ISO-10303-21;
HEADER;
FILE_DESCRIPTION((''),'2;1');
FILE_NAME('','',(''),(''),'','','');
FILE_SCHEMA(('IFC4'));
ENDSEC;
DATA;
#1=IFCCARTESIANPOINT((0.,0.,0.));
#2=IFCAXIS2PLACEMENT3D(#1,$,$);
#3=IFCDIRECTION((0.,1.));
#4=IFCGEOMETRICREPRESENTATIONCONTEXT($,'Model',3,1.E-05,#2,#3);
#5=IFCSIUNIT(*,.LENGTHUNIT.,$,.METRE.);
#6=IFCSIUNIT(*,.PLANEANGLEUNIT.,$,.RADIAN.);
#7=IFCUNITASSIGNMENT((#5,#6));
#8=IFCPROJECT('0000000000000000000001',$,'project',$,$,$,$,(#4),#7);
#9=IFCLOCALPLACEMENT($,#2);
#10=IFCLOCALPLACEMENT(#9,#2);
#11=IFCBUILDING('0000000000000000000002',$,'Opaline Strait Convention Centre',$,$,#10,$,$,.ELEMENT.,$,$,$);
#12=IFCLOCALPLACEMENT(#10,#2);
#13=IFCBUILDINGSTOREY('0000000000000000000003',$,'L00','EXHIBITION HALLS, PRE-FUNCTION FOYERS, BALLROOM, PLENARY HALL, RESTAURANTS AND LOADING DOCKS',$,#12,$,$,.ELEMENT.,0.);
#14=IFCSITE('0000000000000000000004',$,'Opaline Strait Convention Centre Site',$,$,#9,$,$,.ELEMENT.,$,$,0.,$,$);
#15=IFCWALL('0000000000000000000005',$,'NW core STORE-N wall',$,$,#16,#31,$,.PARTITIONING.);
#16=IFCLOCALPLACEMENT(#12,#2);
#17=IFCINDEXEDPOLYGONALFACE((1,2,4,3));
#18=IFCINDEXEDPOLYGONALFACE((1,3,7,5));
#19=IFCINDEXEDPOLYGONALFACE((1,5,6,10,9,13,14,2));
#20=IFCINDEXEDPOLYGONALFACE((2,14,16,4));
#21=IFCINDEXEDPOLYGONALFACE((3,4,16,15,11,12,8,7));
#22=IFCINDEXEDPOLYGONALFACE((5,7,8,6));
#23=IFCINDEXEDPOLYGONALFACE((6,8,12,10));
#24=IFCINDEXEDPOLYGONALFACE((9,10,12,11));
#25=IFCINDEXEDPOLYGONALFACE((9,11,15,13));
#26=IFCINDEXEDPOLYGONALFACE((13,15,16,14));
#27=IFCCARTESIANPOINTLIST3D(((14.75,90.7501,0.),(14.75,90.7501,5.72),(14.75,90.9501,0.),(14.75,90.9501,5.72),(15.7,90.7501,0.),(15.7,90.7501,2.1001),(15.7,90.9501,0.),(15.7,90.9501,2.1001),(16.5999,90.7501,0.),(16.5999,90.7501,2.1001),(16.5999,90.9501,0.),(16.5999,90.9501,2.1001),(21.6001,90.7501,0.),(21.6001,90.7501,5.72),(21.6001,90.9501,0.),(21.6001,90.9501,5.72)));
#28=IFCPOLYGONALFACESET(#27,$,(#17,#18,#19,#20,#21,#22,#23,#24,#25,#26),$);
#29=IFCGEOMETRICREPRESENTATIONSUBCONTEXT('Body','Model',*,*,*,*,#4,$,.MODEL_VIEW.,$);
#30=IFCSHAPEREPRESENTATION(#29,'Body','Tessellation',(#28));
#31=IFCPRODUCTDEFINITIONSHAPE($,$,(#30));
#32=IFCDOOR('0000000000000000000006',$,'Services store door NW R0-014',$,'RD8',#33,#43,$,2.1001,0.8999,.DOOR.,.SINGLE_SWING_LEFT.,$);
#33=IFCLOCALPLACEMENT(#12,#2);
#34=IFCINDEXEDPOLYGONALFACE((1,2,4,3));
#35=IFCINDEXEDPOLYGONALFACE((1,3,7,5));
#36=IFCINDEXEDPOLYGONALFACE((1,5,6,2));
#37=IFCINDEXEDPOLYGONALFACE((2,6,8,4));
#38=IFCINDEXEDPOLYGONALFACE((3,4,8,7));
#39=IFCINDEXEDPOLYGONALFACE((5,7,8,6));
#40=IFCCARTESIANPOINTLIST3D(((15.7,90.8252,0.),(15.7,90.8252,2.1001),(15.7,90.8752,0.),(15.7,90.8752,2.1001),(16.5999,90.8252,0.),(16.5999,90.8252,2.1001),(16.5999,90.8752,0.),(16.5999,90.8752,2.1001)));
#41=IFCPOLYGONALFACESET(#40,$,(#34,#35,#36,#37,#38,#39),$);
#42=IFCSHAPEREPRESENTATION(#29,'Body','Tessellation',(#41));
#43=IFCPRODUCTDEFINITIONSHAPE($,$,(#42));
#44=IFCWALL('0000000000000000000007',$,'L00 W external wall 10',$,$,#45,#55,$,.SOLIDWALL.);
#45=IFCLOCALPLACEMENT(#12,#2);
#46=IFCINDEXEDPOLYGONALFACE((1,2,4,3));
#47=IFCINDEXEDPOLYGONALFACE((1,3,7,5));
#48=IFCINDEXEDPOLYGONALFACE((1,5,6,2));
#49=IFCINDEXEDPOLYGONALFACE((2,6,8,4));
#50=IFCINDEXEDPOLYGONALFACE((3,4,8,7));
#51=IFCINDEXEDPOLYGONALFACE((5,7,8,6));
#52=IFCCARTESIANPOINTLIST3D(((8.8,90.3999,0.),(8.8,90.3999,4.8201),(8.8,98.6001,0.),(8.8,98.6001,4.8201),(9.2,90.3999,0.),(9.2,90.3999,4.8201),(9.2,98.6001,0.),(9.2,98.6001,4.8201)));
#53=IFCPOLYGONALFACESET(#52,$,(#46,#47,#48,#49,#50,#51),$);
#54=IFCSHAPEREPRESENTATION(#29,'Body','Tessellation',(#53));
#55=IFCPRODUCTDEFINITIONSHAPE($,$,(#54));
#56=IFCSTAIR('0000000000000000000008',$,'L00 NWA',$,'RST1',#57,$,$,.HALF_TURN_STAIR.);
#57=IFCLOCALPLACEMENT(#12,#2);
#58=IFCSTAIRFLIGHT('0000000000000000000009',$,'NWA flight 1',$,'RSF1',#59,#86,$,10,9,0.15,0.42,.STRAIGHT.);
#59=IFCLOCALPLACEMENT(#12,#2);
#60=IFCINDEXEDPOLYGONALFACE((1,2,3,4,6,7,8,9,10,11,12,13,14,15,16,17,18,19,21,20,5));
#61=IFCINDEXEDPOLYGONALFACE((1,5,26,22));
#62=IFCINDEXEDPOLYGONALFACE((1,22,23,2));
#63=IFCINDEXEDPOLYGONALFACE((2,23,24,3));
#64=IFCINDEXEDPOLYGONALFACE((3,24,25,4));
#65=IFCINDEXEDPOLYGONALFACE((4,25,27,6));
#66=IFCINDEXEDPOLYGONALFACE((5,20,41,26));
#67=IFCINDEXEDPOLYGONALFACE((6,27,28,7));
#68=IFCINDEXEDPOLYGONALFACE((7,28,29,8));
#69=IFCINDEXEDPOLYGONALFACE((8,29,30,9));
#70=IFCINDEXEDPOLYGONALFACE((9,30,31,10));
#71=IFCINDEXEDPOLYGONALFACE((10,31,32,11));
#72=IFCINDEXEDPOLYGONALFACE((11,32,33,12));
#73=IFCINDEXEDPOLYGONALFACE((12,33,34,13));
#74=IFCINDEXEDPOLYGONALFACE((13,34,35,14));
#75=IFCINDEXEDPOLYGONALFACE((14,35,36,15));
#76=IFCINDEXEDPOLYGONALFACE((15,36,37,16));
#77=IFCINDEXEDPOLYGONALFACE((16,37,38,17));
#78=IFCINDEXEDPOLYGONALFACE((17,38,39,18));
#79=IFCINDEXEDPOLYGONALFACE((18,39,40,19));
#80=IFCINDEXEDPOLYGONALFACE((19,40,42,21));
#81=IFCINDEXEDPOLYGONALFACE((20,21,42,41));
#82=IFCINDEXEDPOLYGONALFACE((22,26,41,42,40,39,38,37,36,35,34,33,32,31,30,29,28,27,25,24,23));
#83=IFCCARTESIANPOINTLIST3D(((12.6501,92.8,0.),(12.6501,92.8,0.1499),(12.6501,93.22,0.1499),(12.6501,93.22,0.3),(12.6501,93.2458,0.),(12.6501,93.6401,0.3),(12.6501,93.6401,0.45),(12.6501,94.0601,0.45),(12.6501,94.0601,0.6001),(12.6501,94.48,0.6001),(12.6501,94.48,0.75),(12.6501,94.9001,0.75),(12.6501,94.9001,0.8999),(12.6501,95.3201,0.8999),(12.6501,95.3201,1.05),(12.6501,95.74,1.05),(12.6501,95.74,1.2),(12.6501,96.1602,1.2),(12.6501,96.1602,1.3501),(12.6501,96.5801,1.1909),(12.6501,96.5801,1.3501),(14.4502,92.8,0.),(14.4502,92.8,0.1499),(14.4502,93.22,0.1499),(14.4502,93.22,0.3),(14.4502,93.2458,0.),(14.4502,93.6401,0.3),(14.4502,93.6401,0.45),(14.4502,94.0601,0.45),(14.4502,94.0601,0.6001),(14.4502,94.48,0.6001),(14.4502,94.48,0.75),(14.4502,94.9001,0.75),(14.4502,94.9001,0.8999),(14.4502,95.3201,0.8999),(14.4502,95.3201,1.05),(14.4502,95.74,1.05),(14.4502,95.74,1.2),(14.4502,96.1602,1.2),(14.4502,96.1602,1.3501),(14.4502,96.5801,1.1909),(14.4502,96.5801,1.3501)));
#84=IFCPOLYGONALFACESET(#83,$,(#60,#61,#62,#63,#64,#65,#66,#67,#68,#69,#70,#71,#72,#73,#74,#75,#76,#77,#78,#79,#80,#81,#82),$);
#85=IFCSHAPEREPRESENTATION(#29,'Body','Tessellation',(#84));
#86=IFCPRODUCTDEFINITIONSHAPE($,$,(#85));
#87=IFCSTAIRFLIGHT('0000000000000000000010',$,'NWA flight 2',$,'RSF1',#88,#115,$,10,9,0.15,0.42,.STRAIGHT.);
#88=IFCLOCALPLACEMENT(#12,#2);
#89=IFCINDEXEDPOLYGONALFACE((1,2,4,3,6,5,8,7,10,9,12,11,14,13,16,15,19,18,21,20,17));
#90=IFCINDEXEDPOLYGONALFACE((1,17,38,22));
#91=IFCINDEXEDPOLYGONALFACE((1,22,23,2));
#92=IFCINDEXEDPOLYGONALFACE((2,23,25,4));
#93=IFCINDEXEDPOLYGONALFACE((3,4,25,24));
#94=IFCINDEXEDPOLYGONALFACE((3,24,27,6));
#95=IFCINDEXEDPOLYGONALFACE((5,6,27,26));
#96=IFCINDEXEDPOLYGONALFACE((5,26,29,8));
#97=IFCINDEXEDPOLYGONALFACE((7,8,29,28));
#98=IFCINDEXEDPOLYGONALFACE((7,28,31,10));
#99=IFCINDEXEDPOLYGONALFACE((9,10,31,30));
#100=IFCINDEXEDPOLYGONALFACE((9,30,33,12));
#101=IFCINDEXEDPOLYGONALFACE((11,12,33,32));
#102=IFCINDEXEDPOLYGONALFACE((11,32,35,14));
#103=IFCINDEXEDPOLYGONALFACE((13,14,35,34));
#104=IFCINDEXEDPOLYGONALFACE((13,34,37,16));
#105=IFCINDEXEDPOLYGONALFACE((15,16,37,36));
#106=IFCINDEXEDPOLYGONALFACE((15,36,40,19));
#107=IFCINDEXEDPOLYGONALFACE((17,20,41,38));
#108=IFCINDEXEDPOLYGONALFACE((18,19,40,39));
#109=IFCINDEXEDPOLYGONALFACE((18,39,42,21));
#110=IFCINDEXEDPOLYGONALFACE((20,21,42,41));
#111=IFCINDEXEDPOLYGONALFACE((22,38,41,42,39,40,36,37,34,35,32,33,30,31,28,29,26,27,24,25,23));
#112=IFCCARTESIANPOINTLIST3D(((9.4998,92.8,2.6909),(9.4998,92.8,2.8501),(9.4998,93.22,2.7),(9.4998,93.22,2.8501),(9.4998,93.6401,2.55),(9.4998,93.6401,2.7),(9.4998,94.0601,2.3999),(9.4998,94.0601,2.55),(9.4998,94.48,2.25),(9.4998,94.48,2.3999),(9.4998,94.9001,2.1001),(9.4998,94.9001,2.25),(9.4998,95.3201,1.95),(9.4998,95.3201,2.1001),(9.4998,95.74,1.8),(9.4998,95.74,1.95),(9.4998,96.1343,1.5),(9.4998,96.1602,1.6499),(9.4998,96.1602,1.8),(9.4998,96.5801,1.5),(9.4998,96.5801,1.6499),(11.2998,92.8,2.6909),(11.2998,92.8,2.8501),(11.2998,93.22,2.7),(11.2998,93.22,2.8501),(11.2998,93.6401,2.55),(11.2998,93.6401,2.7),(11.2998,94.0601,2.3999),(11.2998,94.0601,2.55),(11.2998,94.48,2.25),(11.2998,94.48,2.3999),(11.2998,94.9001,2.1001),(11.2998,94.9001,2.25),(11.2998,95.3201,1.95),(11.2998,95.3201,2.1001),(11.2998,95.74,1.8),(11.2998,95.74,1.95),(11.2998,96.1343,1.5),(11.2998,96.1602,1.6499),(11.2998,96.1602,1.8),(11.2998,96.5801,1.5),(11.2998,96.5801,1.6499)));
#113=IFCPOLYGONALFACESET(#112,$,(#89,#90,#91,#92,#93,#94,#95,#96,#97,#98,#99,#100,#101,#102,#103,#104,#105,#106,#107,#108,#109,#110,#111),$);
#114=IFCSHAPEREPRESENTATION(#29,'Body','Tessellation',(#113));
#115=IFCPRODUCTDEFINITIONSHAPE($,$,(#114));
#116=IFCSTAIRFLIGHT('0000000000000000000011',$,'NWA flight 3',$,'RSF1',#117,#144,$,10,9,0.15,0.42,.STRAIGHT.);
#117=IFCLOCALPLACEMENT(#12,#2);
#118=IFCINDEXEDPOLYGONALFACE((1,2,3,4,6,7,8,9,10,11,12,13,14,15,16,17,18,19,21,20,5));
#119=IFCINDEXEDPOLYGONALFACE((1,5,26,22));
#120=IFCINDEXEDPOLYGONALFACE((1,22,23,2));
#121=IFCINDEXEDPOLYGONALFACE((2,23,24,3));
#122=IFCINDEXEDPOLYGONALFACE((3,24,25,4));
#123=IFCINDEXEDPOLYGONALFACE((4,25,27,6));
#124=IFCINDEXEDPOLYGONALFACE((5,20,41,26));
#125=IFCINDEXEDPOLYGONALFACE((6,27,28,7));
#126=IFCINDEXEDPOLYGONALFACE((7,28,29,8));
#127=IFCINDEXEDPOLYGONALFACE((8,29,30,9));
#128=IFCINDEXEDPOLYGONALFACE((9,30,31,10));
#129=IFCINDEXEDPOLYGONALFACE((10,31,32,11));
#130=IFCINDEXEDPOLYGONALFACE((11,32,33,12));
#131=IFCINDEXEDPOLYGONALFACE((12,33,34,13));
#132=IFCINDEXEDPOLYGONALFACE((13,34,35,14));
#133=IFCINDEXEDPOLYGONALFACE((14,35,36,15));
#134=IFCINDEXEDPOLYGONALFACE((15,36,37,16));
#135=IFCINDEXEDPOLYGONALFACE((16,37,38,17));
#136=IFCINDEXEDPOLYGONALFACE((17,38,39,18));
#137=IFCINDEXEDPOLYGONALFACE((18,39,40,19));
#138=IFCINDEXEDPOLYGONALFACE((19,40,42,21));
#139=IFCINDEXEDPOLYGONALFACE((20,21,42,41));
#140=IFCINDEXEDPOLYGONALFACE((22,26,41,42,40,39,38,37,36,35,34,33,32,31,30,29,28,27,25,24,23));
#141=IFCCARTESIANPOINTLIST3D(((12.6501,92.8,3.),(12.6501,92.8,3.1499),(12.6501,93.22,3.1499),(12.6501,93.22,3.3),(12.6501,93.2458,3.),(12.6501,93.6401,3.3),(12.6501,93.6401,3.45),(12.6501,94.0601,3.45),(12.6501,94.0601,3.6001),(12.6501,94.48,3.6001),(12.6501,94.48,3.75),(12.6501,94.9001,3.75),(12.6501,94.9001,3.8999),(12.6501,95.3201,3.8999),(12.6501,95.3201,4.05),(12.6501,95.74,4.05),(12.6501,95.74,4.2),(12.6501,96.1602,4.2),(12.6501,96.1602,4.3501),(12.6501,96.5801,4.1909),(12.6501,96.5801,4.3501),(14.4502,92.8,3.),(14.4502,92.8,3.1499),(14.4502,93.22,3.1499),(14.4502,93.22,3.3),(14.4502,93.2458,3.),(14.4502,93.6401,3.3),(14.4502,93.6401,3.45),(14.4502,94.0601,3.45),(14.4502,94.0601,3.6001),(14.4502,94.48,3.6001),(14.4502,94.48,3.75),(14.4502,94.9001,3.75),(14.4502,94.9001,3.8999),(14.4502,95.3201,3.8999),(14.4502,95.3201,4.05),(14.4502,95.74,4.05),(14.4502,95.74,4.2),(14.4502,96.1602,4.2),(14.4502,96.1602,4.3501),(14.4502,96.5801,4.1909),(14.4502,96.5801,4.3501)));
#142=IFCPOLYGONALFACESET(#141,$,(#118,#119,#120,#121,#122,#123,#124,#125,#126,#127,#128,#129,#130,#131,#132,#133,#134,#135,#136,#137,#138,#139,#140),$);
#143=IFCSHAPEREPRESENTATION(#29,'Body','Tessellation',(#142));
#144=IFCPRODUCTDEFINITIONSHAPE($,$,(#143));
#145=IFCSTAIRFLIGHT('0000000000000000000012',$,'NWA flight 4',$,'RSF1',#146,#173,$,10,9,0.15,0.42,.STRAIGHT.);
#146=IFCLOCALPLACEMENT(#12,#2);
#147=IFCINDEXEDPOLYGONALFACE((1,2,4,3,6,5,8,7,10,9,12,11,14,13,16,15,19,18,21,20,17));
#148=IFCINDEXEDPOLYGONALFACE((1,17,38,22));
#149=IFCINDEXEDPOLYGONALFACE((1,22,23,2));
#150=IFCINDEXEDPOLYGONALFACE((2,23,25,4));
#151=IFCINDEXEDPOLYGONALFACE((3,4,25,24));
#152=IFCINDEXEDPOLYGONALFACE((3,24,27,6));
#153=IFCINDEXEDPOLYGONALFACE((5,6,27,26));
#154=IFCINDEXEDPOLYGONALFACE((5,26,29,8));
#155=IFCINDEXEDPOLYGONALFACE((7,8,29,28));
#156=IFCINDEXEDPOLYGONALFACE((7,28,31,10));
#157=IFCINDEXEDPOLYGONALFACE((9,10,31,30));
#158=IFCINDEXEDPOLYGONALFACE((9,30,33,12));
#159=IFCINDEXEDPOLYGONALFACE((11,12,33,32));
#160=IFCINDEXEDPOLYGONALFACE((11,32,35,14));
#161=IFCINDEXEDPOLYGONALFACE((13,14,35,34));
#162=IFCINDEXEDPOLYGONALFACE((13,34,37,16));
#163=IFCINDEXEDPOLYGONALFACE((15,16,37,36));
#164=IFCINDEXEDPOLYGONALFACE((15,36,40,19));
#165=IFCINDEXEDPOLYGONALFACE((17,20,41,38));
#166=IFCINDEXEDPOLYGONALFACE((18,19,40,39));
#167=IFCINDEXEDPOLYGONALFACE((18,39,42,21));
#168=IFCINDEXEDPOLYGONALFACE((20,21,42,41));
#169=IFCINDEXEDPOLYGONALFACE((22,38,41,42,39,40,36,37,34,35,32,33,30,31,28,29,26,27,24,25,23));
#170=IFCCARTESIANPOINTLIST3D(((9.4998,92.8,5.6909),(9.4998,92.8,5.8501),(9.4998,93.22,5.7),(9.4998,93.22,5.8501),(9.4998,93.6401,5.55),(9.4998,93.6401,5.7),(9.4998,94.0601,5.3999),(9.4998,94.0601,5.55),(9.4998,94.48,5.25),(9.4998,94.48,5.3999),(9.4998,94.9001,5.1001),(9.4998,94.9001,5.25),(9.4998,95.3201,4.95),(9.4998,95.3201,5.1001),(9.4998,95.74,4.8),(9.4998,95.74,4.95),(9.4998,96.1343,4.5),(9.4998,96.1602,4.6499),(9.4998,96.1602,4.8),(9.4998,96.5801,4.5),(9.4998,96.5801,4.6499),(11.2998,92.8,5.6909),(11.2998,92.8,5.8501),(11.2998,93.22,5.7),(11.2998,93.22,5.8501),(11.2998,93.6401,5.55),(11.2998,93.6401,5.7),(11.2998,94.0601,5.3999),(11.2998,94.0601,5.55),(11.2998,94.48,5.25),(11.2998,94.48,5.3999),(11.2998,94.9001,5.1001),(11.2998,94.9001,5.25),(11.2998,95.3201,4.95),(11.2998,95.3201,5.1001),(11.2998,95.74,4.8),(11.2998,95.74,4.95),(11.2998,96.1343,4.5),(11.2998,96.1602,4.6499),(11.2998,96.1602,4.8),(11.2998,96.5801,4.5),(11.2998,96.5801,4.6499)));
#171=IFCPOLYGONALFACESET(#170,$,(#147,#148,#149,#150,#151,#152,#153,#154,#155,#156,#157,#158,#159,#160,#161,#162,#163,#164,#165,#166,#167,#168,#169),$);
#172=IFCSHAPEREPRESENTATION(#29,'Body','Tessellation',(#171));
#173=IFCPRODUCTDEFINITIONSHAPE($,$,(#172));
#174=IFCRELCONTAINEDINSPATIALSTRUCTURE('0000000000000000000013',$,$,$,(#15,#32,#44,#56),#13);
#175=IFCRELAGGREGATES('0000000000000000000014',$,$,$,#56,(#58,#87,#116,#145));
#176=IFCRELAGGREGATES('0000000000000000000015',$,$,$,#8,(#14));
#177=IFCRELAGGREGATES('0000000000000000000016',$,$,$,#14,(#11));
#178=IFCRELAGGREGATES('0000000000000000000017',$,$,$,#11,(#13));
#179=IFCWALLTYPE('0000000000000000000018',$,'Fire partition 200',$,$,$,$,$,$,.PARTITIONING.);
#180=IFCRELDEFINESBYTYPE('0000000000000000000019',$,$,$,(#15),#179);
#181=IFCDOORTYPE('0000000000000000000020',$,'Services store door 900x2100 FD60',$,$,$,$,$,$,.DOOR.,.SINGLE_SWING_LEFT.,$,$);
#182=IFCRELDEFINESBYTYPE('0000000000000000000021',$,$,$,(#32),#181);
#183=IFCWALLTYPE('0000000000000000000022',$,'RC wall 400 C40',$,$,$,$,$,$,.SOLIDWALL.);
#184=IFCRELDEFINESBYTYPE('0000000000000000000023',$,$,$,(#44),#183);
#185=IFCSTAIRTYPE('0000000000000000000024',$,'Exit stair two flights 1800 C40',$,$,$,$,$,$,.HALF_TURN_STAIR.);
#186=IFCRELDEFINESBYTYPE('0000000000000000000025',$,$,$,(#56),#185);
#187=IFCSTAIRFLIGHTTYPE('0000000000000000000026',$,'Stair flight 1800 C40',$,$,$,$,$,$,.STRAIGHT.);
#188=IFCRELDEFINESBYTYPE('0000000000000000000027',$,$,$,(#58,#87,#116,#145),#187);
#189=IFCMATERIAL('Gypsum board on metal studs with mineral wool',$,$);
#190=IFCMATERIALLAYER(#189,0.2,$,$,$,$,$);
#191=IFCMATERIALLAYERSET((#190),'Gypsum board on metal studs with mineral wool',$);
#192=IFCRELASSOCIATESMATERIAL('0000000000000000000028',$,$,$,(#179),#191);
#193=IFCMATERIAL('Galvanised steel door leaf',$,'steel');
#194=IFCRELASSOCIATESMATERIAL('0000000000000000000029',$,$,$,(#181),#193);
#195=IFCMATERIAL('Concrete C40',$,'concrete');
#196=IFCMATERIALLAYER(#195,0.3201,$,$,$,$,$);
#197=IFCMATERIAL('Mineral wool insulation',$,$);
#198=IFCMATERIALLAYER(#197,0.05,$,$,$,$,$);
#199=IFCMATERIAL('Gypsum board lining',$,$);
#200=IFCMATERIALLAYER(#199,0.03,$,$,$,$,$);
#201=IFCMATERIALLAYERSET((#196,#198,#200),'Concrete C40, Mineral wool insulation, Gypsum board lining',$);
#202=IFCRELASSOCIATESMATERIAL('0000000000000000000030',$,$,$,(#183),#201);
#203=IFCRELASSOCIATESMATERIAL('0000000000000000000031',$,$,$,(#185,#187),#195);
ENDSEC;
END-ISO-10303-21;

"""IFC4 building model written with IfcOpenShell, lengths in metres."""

from ifc_helpers import new_model, si_unit, direction, frame, frame_2d, origin, place, context, subcontext, project, spatial, polyline, rectangle, outline, extrude, material, layer, layer_set, type_object, element, fill, aggregate, save


model = new_model("IFC4")

# Units and contexts
model_context = context("Model", 3, precision=1e-05, world=origin(), true_north=direction((0.0, 1.0)))
body_context = subcontext(model_context, "Body", "Model", "MODEL_VIEW")
ifc_project = project(units=[si_unit("LENGTHUNIT", "METRE"), si_unit("PLANEANGLEUNIT", "RADIAN")], contexts=[model_context])

# Site, building, storey
site_placement = place(None, origin())
site = spatial("IfcSite", under=ifc_project, at=site_placement, Name="Opaline Strait Convention Centre Site", CompositionType="ELEMENT", RefElevation=0.0)
building_placement = place(site_placement, origin())
building = spatial("IfcBuilding", under=site, at=building_placement, Name="Opaline Strait Convention Centre", CompositionType="ELEMENT")
storey_placement = place(building_placement, origin())
storey = spatial("IfcBuildingStorey", under=building, at=storey_placement, Name="L00", Description="EXHIBITION HALLS, PRE-FUNCTION FOYERS, BALLROOM, PLENARY HALL, RESTAURANTS AND LOADING DOCKS", CompositionType="ELEMENT", Elevation=0.0)

# Shared definitions
ifc_material_1 = material(Name="Concrete C40", Category="concrete")

# Wall, opening, door
ifc_material_2 = material(Name="Gypsum board on metal studs with mineral wool")
ifc_layer_1 = layer(ifc_material_2, 0.2)
ifc_layer_set_1 = layer_set([ifc_layer_1], Name="Gypsum board on metal studs with mineral wool")
wall_type_1 = type_object("IfcWallType", Name="Fire partition 200", PredefinedType="PARTITIONING", material=ifc_layer_set_1)
wall_1_placement = place(storey_placement, frame((14.75, 90.8501, 0.0), z_axis=(0.0, 0.0, 1.0), x_axis=(1.0, 0.0, 0.0)))
wall_1 = element("IfcWall", 1, at=wall_1_placement, inside=storey, type_object=wall_type_1, Name="NW core STORE-N wall", PredefinedType="PARTITIONING", context=body_context, shape_type="SweptSolid", body=[
    extrude(rectangle(XDim=6.8501, YDim=0.2, at=frame_2d((3.425, 0.0))), origin(), (0.0, 0.0, 1.0), 5.72),
])
opening_1_placement = place(wall_1_placement, frame((0.95, 0.0, 0.0)))
opening_1 = element("IfcOpeningElement", 2, at=opening_1_placement, cuts=wall_1, PredefinedType="OPENING", context=body_context, shape_type="SweptSolid", body=[
    extrude(rectangle(XDim=0.8999, YDim=2.1001, at=frame_2d((0.45, 1.05))), frame((0.0, 0.1099, 0.0), z_axis=(0.0, -1.0, 0.0), x_axis=(1.0, 0.0, 0.0)), (0.0, 0.0, 1.0), 0.22),
])
ifc_material_3 = material(Name="Galvanised steel door leaf", Category="steel")
door_type_1 = type_object("IfcDoorType", Name="Services store door 900x2100 FD60", OperationType="SINGLE_SWING_LEFT", PredefinedType="DOOR", material=ifc_material_3)
door_1_placement = place(opening_1_placement, frame((0.8999, 0.0, 0.0), z_axis=(0.0, 0.0, 1.0), x_axis=(-1.0, 0.0, 0.0)))
door_1 = element("IfcDoor", 3, at=door_1_placement, inside=storey, type_object=door_type_1, Name="Services store door NW R0-014", ObjectType="RD8", OperationType="SINGLE_SWING_LEFT", OverallHeight=2.1001, OverallWidth=0.8999, PredefinedType="DOOR", context=body_context, shape_type="SweptSolid", body=[
    extrude(rectangle(XDim=0.8999, YDim=2.1001, at=frame_2d((0.45, 1.05))), frame((0.0, 0.0249, 0.0), z_axis=(0.0, -1.0, 0.0), x_axis=(1.0, 0.0, 0.0)), (0.0, 0.0, 1.0), 0.05),
])
fill(opening_1, door_1)

# Wall
ifc_layer_2 = layer(ifc_material_1, 0.3201)
ifc_material_4 = material(Name="Mineral wool insulation")
ifc_layer_3 = layer(ifc_material_4, 0.05)
ifc_material_5 = material(Name="Gypsum board lining")
ifc_layer_4 = layer(ifc_material_5, 0.03)
ifc_layer_set_2 = layer_set([ifc_layer_2, ifc_layer_3, ifc_layer_4], Name="Concrete C40, Mineral wool insulation, Gypsum board lining")
wall_type_2 = type_object("IfcWallType", Name="RC wall 400 C40", PredefinedType="SOLIDWALL", material=ifc_layer_set_2)
wall_2_placement = place(storey_placement, frame((9.0, 90.3999, 0.0), z_axis=(0.0, 0.0, 1.0), x_axis=(0.0, 1.0, 0.0)))
element("IfcWall", 4, at=wall_2_placement, inside=storey, type_object=wall_type_2, Name="L00 W external wall 10", PredefinedType="SOLIDWALL", context=body_context, shape_type="SweptSolid", body=[
    extrude(rectangle(XDim=8.2002, YDim=0.3999, at=frame_2d((4.1001, 0.0))), origin(), (0.0, 0.0, 1.0), 4.8201),
])

# Stair, stair flights
stair_type = type_object("IfcStairType", Name="Exit stair two flights 1800 C40", PredefinedType="HALF_TURN_STAIR", material=ifc_material_1)
stair_placement = place(storey_placement, origin())
stair = element("IfcStair", 5, at=stair_placement, inside=storey, type_object=stair_type, Name="L00 NWA", ObjectType="RST1", PredefinedType="HALF_TURN_STAIR")
stair_flight_type = type_object("IfcStairFlightType", Name="Stair flight 1800 C40", PredefinedType="STRAIGHT", material=ifc_material_1)
stair_flight_1_placement = place(storey_placement, frame((13.55, 92.8, 0.0), z_axis=(0.0, 0.0, 1.0), x_axis=(0.0, 1.0, 0.0)))
stair_flight_1 = element("IfcStairFlight", 6, at=stair_flight_1_placement, type_object=stair_flight_type, Name="NWA flight 1", ObjectType="RSF1", NumberOfRisers=10, NumberOfTreads=9, PredefinedType="STRAIGHT", RiserHeight=0.15, TreadLength=0.42, context=body_context, shape_type="SweptSolid", body=[
    extrude(outline(polyline([(0.0, 0.0), (0.0, 0.1499), (0.4199, 0.1499), (0.4199, 0.3), (0.8401, 0.3), (0.8401, 0.45), (1.26, 0.45), (1.26, 0.6001), (1.6799, 0.6001), (1.6799, 0.75), (2.1001, 0.75), (2.1001, 0.8999), (2.52, 0.8999), (2.52, 1.05), (2.9399, 1.05), (2.9399, 1.2), (3.3601, 1.2), (3.3601, 1.3501), (3.78, 1.3501), (3.78, 1.5), (3.78, 1.1909), (0.4458, 0.0), (0.0, 0.0)])), frame((0.0, 0.8999, 0.0), z_axis=(0.0, -1.0, 0.0), x_axis=(1.0, 0.0, 0.0)), (0.0, 0.0, 1.0), 1.8),
])
stair_flight_2_placement = place(storey_placement, frame((10.3999, 96.5801, 1.5), z_axis=(0.0, 0.0, 1.0), x_axis=(0.0, -1.0, 0.0)))
stair_flight_2 = element("IfcStairFlight", 7, at=stair_flight_2_placement, type_object=stair_flight_type, Name="NWA flight 2", ObjectType="RSF1", NumberOfRisers=10, NumberOfTreads=9, PredefinedType="STRAIGHT", RiserHeight=0.15, TreadLength=0.42, context=body_context, shape_type="SweptSolid", body=[
    extrude(outline(polyline([(0.0, 0.0), (0.0, 0.1499), (0.4199, 0.1499), (0.4199, 0.3), (0.8401, 0.3), (0.8401, 0.45), (1.26, 0.45), (1.26, 0.6001), (1.6799, 0.6001), (1.6799, 0.75), (2.1001, 0.75), (2.1001, 0.8999), (2.52, 0.8999), (2.52, 1.05), (2.9399, 1.05), (2.9399, 1.2), (3.3601, 1.2), (3.3601, 1.3501), (3.78, 1.3501), (3.78, 1.5), (3.78, 1.1909), (0.4458, 0.0), (0.0, 0.0)])), frame((0.0, 0.8999, 0.0), z_axis=(0.0, -1.0, 0.0), x_axis=(1.0, 0.0, 0.0)), (0.0, 0.0, 1.0), 1.8),
])
stair_flight_3_placement = place(storey_placement, frame((13.55, 92.8, 3.0), z_axis=(0.0, 0.0, 1.0), x_axis=(0.0, 1.0, 0.0)))
stair_flight_3 = element("IfcStairFlight", 8, at=stair_flight_3_placement, type_object=stair_flight_type, Name="NWA flight 3", ObjectType="RSF1", NumberOfRisers=10, NumberOfTreads=9, PredefinedType="STRAIGHT", RiserHeight=0.15, TreadLength=0.42, context=body_context, shape_type="SweptSolid", body=[
    extrude(outline(polyline([(0.0, 0.0), (0.0, 0.1499), (0.4199, 0.1499), (0.4199, 0.3), (0.8401, 0.3), (0.8401, 0.45), (1.26, 0.45), (1.26, 0.6001), (1.6799, 0.6001), (1.6799, 0.75), (2.1001, 0.75), (2.1001, 0.8999), (2.52, 0.8999), (2.52, 1.05), (2.9399, 1.05), (2.9399, 1.2), (3.3601, 1.2), (3.3601, 1.3501), (3.78, 1.3501), (3.78, 1.5), (3.78, 1.1909), (0.4458, 0.0), (0.0, 0.0)])), frame((0.0, 0.8999, 0.0), z_axis=(0.0, -1.0, 0.0), x_axis=(1.0, 0.0, 0.0)), (0.0, 0.0, 1.0), 1.8),
])
stair_flight_4_placement = place(storey_placement, frame((10.3999, 96.5801, 4.5), z_axis=(0.0, 0.0, 1.0), x_axis=(0.0, -1.0, 0.0)))
stair_flight_4 = element("IfcStairFlight", 9, at=stair_flight_4_placement, type_object=stair_flight_type, Name="NWA flight 4", ObjectType="RSF1", NumberOfRisers=10, NumberOfTreads=9, PredefinedType="STRAIGHT", RiserHeight=0.15, TreadLength=0.42, context=body_context, shape_type="SweptSolid", body=[
    extrude(outline(polyline([(0.0, 0.0), (0.0, 0.1499), (0.4199, 0.1499), (0.4199, 0.3), (0.8401, 0.3), (0.8401, 0.45), (1.26, 0.45), (1.26, 0.6001), (1.6799, 0.6001), (1.6799, 0.75), (2.1001, 0.75), (2.1001, 0.8999), (2.52, 0.8999), (2.52, 1.05), (2.9399, 1.05), (2.9399, 1.2), (3.3601, 1.2), (3.3601, 1.3501), (3.78, 1.3501), (3.78, 1.5), (3.78, 1.1909), (0.4458, 0.0), (0.0, 0.0)])), frame((0.0, 0.8999, 0.0), z_axis=(0.0, -1.0, 0.0), x_axis=(1.0, 0.0, 0.0)), (0.0, 0.0, 1.0), 1.8),
])
aggregate(stair, [stair_flight_1, stair_flight_2, stair_flight_3, stair_flight_4])

save(model, "model.ifc")
